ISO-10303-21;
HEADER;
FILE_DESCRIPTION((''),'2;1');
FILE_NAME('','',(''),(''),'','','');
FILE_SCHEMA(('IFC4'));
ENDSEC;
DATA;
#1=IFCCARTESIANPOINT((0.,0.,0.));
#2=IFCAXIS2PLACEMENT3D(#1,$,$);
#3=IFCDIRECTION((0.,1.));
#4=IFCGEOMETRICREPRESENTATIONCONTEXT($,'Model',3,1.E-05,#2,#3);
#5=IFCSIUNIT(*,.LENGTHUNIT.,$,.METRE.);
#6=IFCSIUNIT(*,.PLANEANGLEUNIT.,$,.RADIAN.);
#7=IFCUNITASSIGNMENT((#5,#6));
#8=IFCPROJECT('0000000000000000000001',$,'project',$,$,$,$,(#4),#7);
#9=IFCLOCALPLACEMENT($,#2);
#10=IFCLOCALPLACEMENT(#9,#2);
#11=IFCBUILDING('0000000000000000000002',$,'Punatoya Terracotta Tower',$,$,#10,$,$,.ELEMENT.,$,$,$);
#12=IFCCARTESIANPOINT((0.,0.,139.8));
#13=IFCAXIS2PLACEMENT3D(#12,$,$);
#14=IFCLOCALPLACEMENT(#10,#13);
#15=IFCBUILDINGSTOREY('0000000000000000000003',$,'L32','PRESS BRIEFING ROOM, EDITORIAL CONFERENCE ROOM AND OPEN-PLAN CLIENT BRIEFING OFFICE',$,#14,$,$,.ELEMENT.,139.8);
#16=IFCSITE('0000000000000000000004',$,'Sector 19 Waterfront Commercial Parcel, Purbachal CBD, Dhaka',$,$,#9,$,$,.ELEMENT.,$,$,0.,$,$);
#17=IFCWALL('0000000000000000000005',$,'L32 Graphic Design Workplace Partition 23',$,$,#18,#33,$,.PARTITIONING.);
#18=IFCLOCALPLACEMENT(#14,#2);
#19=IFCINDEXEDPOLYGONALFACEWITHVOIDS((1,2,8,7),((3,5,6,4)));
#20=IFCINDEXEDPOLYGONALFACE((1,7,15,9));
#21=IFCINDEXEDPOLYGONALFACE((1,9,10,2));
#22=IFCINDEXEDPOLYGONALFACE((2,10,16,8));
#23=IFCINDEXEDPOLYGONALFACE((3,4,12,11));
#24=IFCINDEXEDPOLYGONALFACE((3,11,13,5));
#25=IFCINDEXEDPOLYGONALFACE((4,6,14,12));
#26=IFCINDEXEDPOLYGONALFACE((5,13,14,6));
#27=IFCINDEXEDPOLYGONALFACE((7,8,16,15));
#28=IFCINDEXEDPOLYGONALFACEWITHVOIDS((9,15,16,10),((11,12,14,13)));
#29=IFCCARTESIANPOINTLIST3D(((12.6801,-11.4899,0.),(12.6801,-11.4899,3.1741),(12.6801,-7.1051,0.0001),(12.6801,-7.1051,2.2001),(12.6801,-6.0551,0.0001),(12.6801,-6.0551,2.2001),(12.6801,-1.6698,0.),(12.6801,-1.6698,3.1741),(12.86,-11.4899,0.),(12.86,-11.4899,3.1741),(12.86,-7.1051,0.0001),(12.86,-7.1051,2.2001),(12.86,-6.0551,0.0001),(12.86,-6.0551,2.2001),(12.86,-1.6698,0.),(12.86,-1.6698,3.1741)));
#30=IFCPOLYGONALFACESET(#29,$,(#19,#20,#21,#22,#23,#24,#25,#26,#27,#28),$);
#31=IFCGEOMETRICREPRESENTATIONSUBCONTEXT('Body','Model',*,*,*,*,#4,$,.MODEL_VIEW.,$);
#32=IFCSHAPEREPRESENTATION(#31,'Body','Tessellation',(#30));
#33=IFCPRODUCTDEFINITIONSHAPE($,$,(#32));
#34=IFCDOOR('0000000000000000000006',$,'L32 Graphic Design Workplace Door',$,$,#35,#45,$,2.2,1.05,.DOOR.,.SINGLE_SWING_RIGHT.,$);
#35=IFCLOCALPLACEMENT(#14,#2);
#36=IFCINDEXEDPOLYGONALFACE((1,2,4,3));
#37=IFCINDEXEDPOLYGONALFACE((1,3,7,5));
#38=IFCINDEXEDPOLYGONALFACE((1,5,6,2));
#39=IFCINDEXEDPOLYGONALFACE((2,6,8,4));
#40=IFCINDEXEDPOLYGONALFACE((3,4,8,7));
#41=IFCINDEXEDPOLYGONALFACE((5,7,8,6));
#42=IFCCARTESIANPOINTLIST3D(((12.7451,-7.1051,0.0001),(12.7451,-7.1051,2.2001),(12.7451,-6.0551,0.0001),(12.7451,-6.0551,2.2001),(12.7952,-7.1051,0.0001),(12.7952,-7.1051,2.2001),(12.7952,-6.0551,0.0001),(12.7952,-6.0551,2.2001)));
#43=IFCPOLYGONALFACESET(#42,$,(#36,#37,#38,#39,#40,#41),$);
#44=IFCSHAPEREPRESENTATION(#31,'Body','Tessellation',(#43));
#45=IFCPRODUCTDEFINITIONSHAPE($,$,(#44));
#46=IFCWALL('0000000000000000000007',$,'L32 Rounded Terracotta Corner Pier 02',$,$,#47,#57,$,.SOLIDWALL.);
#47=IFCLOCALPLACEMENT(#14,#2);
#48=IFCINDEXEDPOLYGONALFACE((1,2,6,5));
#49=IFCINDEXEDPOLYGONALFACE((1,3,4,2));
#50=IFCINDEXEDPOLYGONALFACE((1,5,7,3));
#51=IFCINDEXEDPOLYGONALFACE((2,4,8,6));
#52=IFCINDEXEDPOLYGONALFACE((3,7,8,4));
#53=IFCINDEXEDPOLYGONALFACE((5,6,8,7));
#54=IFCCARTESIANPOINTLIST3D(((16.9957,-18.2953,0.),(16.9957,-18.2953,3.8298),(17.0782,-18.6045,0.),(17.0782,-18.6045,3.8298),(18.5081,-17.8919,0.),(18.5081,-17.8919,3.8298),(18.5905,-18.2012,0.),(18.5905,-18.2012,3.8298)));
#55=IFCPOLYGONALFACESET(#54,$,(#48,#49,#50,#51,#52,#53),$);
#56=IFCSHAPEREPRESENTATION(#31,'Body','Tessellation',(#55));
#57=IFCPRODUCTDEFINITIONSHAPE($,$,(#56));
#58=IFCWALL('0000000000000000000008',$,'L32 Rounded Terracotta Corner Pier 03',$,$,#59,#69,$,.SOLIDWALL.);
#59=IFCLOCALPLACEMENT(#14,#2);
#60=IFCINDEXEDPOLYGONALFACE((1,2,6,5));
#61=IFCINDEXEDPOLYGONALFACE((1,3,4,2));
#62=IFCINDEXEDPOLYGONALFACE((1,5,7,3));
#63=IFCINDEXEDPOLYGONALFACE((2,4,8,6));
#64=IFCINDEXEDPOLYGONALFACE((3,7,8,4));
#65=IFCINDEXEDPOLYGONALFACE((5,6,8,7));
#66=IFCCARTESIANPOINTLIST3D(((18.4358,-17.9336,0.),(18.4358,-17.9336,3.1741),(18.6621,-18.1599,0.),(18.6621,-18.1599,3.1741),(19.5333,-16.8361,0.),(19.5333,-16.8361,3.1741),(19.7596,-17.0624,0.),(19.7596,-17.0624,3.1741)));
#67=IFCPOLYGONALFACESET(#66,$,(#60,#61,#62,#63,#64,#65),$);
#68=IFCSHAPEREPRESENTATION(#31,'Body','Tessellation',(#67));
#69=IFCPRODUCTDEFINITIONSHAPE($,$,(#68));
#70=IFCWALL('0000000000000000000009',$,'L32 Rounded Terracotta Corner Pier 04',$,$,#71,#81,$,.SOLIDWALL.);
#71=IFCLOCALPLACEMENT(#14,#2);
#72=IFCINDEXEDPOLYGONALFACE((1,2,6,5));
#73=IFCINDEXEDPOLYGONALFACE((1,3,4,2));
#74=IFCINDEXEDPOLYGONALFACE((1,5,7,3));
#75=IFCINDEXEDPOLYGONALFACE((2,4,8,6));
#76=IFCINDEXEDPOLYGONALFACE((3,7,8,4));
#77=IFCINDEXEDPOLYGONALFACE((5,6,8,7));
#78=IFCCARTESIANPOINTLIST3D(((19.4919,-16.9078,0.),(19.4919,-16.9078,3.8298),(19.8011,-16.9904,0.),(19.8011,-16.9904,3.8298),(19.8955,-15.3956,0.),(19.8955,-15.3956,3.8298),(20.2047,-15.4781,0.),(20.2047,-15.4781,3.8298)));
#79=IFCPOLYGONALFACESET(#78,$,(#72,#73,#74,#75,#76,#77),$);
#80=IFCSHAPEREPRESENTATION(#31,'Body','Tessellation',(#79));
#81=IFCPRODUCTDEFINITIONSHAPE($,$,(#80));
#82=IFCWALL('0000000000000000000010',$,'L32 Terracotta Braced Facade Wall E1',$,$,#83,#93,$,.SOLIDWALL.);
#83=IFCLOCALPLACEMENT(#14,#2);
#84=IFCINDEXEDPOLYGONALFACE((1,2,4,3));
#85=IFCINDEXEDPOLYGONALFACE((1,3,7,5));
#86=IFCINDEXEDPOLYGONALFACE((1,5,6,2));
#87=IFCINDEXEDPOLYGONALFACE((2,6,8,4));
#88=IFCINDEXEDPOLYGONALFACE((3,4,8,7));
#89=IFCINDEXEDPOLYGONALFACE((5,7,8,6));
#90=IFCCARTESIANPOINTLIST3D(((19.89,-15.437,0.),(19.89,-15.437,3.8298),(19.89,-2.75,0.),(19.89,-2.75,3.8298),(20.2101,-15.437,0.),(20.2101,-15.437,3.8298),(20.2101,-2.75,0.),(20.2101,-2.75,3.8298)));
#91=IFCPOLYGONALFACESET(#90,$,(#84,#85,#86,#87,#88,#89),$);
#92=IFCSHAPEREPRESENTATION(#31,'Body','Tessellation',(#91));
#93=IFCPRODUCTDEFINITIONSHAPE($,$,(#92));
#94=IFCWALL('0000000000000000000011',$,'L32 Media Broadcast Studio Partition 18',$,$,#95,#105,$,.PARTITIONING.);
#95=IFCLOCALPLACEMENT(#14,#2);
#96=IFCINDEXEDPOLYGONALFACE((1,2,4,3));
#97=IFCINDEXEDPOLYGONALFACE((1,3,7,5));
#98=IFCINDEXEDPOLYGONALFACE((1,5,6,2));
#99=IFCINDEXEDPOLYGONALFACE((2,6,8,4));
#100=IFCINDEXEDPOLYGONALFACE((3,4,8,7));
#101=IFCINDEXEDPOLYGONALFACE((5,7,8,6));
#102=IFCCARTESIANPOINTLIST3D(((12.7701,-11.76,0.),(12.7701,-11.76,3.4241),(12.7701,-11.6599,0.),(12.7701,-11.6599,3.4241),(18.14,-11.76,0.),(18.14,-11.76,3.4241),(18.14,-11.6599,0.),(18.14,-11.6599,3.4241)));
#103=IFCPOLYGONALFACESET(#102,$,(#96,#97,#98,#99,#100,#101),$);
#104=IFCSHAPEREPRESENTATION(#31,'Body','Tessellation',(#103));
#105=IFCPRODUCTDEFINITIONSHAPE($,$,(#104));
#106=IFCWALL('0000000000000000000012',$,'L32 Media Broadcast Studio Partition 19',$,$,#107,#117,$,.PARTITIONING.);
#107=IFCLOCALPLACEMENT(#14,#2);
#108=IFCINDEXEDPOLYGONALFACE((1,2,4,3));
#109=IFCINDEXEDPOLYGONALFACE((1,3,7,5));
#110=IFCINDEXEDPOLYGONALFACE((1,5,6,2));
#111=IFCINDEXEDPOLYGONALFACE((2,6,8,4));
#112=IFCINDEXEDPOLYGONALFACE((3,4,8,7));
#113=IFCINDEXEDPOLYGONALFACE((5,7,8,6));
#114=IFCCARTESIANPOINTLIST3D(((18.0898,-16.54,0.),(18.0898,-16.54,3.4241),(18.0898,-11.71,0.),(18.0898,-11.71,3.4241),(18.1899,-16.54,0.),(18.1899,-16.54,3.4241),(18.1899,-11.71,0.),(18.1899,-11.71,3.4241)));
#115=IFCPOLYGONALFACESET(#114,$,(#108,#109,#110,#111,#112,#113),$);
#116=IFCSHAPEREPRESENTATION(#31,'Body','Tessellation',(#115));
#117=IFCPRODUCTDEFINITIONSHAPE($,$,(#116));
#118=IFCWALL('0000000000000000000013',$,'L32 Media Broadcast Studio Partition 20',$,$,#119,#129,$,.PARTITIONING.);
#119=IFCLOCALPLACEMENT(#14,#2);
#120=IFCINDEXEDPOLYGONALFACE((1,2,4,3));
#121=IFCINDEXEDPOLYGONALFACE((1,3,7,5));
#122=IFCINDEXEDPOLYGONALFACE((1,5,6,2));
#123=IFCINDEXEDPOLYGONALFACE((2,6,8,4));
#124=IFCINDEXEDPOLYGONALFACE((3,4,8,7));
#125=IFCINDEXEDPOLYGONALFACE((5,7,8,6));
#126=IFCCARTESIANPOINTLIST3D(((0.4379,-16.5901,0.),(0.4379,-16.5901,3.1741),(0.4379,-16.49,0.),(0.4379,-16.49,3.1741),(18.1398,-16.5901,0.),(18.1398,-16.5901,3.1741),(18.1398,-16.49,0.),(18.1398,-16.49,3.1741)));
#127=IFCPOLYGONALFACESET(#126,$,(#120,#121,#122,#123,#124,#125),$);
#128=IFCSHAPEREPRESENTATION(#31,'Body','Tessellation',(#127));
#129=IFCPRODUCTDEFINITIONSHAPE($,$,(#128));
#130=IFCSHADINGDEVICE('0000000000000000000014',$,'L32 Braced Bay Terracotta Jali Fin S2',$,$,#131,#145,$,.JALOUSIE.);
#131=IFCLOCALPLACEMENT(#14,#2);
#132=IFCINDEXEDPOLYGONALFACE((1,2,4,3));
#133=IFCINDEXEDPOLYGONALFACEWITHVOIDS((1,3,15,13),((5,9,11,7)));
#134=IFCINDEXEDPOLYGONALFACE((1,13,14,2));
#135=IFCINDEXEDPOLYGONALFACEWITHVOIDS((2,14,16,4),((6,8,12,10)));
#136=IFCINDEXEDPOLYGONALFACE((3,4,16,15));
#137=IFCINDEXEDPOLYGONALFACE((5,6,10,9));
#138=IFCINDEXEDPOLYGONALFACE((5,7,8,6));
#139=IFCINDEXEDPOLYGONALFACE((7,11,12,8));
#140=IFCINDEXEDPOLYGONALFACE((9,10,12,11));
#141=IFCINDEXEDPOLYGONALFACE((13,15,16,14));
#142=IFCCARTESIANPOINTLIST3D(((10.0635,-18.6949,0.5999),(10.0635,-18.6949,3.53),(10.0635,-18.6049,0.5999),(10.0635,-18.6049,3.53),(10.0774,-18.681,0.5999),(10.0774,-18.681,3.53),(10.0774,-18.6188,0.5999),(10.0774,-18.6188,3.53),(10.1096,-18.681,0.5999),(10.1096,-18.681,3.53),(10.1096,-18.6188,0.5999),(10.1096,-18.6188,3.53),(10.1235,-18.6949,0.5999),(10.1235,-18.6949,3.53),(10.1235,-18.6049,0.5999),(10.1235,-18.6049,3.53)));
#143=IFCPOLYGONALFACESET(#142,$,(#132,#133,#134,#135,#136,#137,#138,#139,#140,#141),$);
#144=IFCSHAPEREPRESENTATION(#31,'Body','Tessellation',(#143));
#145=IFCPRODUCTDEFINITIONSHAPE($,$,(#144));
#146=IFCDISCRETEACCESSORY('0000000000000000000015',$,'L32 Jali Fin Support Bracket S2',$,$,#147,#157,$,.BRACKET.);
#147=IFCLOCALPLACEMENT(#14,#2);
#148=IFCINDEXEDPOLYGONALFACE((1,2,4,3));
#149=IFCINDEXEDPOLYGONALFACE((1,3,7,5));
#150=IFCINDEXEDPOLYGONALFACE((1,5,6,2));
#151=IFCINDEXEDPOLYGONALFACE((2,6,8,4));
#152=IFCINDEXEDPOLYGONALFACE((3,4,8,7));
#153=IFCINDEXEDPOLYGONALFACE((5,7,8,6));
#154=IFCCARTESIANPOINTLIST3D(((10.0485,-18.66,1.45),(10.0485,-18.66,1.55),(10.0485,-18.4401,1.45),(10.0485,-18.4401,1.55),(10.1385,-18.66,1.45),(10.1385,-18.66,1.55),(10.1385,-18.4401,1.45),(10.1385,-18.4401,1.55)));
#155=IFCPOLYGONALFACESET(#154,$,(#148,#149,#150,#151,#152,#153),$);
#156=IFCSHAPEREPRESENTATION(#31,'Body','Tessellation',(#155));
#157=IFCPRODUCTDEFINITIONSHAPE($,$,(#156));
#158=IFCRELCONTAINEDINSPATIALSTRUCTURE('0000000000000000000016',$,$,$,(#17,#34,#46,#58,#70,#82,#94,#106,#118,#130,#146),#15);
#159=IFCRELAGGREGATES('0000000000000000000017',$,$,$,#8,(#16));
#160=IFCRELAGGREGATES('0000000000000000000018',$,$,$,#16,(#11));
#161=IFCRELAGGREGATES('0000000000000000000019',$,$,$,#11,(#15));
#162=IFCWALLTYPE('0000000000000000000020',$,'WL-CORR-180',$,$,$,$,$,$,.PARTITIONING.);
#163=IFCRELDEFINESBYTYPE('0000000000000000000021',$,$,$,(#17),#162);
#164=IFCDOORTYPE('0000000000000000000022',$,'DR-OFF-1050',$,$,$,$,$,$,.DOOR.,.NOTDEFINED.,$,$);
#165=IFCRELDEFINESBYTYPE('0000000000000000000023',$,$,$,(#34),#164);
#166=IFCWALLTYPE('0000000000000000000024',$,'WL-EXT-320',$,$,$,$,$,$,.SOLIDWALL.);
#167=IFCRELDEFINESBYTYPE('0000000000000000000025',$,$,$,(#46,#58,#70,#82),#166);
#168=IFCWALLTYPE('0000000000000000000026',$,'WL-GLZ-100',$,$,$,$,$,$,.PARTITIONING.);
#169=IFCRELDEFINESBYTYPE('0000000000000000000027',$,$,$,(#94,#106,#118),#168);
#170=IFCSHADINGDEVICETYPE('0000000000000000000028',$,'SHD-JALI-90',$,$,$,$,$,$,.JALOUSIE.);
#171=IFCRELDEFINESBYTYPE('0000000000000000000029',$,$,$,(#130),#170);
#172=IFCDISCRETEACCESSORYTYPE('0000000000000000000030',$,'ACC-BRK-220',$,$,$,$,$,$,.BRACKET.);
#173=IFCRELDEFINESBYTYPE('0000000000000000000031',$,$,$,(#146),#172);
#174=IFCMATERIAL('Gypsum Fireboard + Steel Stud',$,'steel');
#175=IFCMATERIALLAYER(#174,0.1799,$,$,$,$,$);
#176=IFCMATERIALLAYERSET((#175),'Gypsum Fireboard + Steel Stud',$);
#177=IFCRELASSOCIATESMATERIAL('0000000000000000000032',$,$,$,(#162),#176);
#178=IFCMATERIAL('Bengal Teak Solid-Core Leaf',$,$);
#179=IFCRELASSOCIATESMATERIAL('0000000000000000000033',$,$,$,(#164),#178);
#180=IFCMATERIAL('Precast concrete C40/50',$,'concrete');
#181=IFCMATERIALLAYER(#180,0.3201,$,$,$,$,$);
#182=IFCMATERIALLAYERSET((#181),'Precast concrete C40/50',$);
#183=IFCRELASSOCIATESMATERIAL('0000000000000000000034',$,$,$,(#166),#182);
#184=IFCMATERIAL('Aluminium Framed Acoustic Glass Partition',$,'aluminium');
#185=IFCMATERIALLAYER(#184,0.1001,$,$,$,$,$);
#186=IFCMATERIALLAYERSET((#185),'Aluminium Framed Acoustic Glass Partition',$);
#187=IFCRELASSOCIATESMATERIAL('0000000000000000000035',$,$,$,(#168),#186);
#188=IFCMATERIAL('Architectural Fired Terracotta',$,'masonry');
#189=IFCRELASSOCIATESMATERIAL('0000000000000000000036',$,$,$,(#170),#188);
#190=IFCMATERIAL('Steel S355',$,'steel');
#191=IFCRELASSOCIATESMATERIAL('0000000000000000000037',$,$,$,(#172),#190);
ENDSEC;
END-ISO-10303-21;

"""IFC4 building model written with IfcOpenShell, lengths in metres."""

from ifc_helpers import new_model, si_unit, direction, frame, frame_2d, origin, origin_2d, place, context, subcontext, project, spatial, rectangle, hollow_rectangle, extrude, material, layer, layer_set, material_profile, profile_set, type_object, element, fill, save


model = new_model("IFC4")

# Units and contexts
model_context = context("Model", 3, precision=1e-05, world=origin(), true_north=direction((0.0, 1.0)))
body_context = subcontext(model_context, "Body", "Model", "MODEL_VIEW")
ifc_project = project(units=[si_unit("LENGTHUNIT", "METRE"), si_unit("PLANEANGLEUNIT", "RADIAN")], contexts=[model_context])

# Site, building, storey
site_placement = place(None, origin())
site = spatial("IfcSite", under=ifc_project, at=site_placement, Name="Sector 19 Waterfront Commercial Parcel, Purbachal CBD, Dhaka", CompositionType="ELEMENT", RefElevation=0.0)
building_placement = place(site_placement, origin())
building = spatial("IfcBuilding", under=site, at=building_placement, Name="Punatoya Terracotta Tower", CompositionType="ELEMENT")
storey_placement = place(building_placement, frame((0.0, 0.0, 139.8)))
storey = spatial("IfcBuildingStorey", under=building, at=storey_placement, Name="L32", Description="PRESS BRIEFING ROOM, EDITORIAL CONFERENCE ROOM AND OPEN-PLAN CLIENT BRIEFING OFFICE", CompositionType="ELEMENT", Elevation=139.8)

# Shared definitions
ifc_material_1 = material(Name="Steel S355", Category="steel")

# Wall, opening, door
ifc_material_2 = material(Name="Gypsum Fireboard + Steel Stud", Category="steel")
ifc_layer_1 = layer(ifc_material_2, 0.1799)
ifc_layer_set_1 = layer_set([ifc_layer_1], Name="Gypsum Fireboard + Steel Stud")
wall_type_1 = type_object("IfcWallType", Name="WL-CORR-180", PredefinedType="PARTITIONING", material=ifc_layer_set_1)
wall_1_placement = place(storey_placement, frame((12.77, -11.49, 0.0), z_axis=(0.0, 0.0, 1.0), x_axis=(0.0, 1.0, 0.0)))
wall_1 = element("IfcWall", 1, at=wall_1_placement, inside=storey, type_object=wall_type_1, Name="L32 Graphic Design Workplace Partition 23", PredefinedType="PARTITIONING", context=body_context, shape_type="SweptSolid", body=[
    extrude(rectangle(XDim=9.8201, YDim=0.1799, at=frame_2d((4.9102, 0.0))), origin(), (0.0, 0.0, 1.0), 3.1741),
])
opening_placement = place(wall_1_placement, frame((4.385, 0.0, 0.0)))
opening = element("IfcOpeningElement", 2, at=opening_placement, cuts=wall_1, PredefinedType="OPENING", context=body_context, shape_type="SweptSolid", body=[
    extrude(rectangle(XDim=1.05, YDim=2.2, at=frame_2d((0.5249, 1.1001))), frame((0.0, 0.0999, 0.0), z_axis=(0.0, -1.0, 0.0), x_axis=(1.0, 0.0, 0.0)), (0.0, 0.0, 1.0), 0.2),
])
ifc_material_3 = material(Name="Bengal Teak Solid-Core Leaf")
door_type = type_object("IfcDoorType", Name="DR-OFF-1050", OperationType="NOTDEFINED", PredefinedType="DOOR", material=ifc_material_3)
door_placement = place(opening_placement, origin())
door = element("IfcDoor", 3, at=door_placement, inside=storey, type_object=door_type, Name="L32 Graphic Design Workplace Door", OperationType="SINGLE_SWING_RIGHT", OverallHeight=2.2, OverallWidth=1.05, PredefinedType="DOOR", context=body_context, shape_type="SweptSolid", body=[
    extrude(rectangle(XDim=1.05, YDim=2.2, at=frame_2d((0.5249, 1.1001))), frame((0.0, 0.0249, 0.0), z_axis=(0.0, -1.0, 0.0), x_axis=(1.0, 0.0, 0.0)), (0.0, 0.0, 1.0), 0.05),
])
fill(opening, door)

# Walls
ifc_material_4 = material(Name="Precast concrete C40/50", Category="concrete")
ifc_layer_2 = layer(ifc_material_4, 0.3201)
ifc_layer_set_2 = layer_set([ifc_layer_2], Name="Precast concrete C40/50")
wall_type_2 = type_object("IfcWallType", Name="WL-EXT-320", PredefinedType="SOLIDWALL", material=ifc_layer_set_2)
wall_2_placement = place(storey_placement, frame((17.0369, -18.45, 0.0), z_axis=(0.0, 0.0, 1.0), x_axis=(0.966225, 0.257701, 0.0)))
element("IfcWall", 4, at=wall_2_placement, inside=storey, type_object=wall_type_2, Name="L32 Rounded Terracotta Corner Pier 02", PredefinedType="SOLIDWALL", context=body_context, shape_type="SweptSolid", body=[
    extrude(rectangle(XDim=1.5652, YDim=0.3201, at=frame_2d((0.7827, 0.0))), origin(), (0.0, 0.0, 1.0), 3.8298),
])
wall_3_placement = place(storey_placement, frame((18.5491, -18.0466, 0.0), z_axis=(0.0, 0.0, 1.0), x_axis=(0.707107, 0.707107, 0.0)))
element("IfcWall", 5, at=wall_3_placement, inside=storey, type_object=wall_type_2, Name="L32 Rounded Terracotta Corner Pier 03", PredefinedType="SOLIDWALL", context=body_context, shape_type="SweptSolid", body=[
    extrude(rectangle(XDim=1.552, YDim=0.3201, at=frame_2d((0.7759, 0.0))), origin(), (0.0, 0.0, 1.0), 3.1741),
])
wall_4_placement = place(storey_placement, frame((19.6465, -16.9492, 0.0), z_axis=(0.0, 0.0, 1.0), x_axis=(0.257847, 0.966186, 0.0)))
element("IfcWall", 6, at=wall_4_placement, inside=storey, type_object=wall_type_2, Name="L32 Rounded Terracotta Corner Pier 04", PredefinedType="SOLIDWALL", context=body_context, shape_type="SweptSolid", body=[
    extrude(rectangle(XDim=1.5652, YDim=0.3201, at=frame_2d((0.7827, 0.0))), origin(), (0.0, 0.0, 1.0), 3.8298),
])
wall_5_placement = place(storey_placement, frame((20.05, -15.437, 0.0), z_axis=(0.0, 0.0, 1.0), x_axis=(0.0, 1.0, 0.0)))
element("IfcWall", 7, at=wall_5_placement, inside=storey, type_object=wall_type_2, Name="L32 Terracotta Braced Facade Wall E1", PredefinedType="SOLIDWALL", context=body_context, shape_type="SweptSolid", body=[
    extrude(rectangle(XDim=12.687, YDim=0.3201, at=frame_2d((6.3435, 0.0))), origin(), (0.0, 0.0, 1.0), 3.8298),
])
ifc_material_5 = material(Name="Aluminium Framed Acoustic Glass Partition", Category="aluminium")
ifc_layer_3 = layer(ifc_material_5, 0.1001)
ifc_layer_set_3 = layer_set([ifc_layer_3], Name="Aluminium Framed Acoustic Glass Partition")
wall_type_3 = type_object("IfcWallType", Name="WL-GLZ-100", PredefinedType="PARTITIONING", material=ifc_layer_set_3)
wall_6_placement = place(storey_placement, frame((12.77, -11.71, 0.0), z_axis=(0.0, 0.0, 1.0), x_axis=(1.0, 0.0, 0.0)))
element("IfcWall", 8, at=wall_6_placement, inside=storey, type_object=wall_type_3, Name="L32 Media Broadcast Studio Partition 18", PredefinedType="PARTITIONING", context=body_context, shape_type="SweptSolid", body=[
    extrude(rectangle(XDim=5.3699, YDim=0.1001, at=frame_2d((2.6851, 0.0))), origin(), (0.0, 0.0, 1.0), 3.4241),
])
wall_7_placement = place(storey_placement, frame((18.1399, -11.71, 0.0), z_axis=(0.0, 0.0, 1.0), x_axis=(0.0, -1.0, 0.0)))
element("IfcWall", 9, at=wall_7_placement, inside=storey, type_object=wall_type_3, Name="L32 Media Broadcast Studio Partition 19", PredefinedType="PARTITIONING", context=body_context, shape_type="SweptSolid", body=[
    extrude(rectangle(XDim=4.8301, YDim=0.1001, at=frame_2d((2.415, 0.0))), origin(), (0.0, 0.0, 1.0), 3.4241),
])
wall_8_placement = place(storey_placement, frame((18.1399, -16.54, 0.0), z_axis=(0.0, 0.0, 1.0), x_axis=(-1.0, 0.0, 0.0)))
element("IfcWall", 10, at=wall_8_placement, inside=storey, type_object=wall_type_3, Name="L32 Media Broadcast Studio Partition 20", PredefinedType="PARTITIONING", context=body_context, shape_type="SweptSolid", body=[
    extrude(rectangle(XDim=17.7019, YDim=0.1001, at=frame_2d((8.8511, 0.0))), origin(), (0.0, 0.0, 1.0), 3.1741),
])

# Shading device
ifc_material_6 = material(Name="Architectural Fired Terracotta", Category="masonry")
ifc_material_profile_1 = material_profile(ifc_material_6, hollow_rectangle(XDim=0.0601, YDim=0.0901, WallThickness=0.0139, at=origin_2d()))
ifc_profile_set_1 = profile_set([ifc_material_profile_1], Name="Architectural Fired Terracotta")
shading_device_type = type_object("IfcShadingDeviceType", Name="SHD-JALI-90", PredefinedType="JALOUSIE", material=ifc_profile_set_1)
shading_device_placement = place(storey_placement, frame((10.0935, -18.6499, 0.5999), z_axis=(0.0, 0.0, 1.0), x_axis=(1.0, 0.0, 0.0)))
element("IfcShadingDevice", 11, at=shading_device_placement, inside=storey, type_object=shading_device_type, Name="L32 Braced Bay Terracotta Jali Fin S2", PredefinedType="JALOUSIE", context=body_context, shape_type="SweptSolid", body=[
    extrude(hollow_rectangle(XDim=0.0601, YDim=0.0901, WallThickness=0.0139, at=origin_2d()), origin(), (0.0, 0.0, 1.0), 2.9302),
])

# Discrete accessory
discrete_accessory_type = type_object("IfcDiscreteAccessoryType", Name="ACC-BRK-220", PredefinedType="BRACKET", material=ifc_material_1)
discrete_accessory_placement = place(storey_placement, frame((10.0935, -18.55, 1.45), z_axis=(0.0, 0.0, 1.0), x_axis=(1.0, 0.0, 0.0)))
element("IfcDiscreteAccessory", 12, at=discrete_accessory_placement, inside=storey, type_object=discrete_accessory_type, Name="L32 Jali Fin Support Bracket S2", PredefinedType="BRACKET", context=body_context, shape_type="SweptSolid", body=[
    extrude(rectangle(XDim=0.0901, YDim=0.22, at=origin_2d()), origin(), (0.0, 0.0, 1.0), 0.1001),
])

save(model, "model.ifc")
